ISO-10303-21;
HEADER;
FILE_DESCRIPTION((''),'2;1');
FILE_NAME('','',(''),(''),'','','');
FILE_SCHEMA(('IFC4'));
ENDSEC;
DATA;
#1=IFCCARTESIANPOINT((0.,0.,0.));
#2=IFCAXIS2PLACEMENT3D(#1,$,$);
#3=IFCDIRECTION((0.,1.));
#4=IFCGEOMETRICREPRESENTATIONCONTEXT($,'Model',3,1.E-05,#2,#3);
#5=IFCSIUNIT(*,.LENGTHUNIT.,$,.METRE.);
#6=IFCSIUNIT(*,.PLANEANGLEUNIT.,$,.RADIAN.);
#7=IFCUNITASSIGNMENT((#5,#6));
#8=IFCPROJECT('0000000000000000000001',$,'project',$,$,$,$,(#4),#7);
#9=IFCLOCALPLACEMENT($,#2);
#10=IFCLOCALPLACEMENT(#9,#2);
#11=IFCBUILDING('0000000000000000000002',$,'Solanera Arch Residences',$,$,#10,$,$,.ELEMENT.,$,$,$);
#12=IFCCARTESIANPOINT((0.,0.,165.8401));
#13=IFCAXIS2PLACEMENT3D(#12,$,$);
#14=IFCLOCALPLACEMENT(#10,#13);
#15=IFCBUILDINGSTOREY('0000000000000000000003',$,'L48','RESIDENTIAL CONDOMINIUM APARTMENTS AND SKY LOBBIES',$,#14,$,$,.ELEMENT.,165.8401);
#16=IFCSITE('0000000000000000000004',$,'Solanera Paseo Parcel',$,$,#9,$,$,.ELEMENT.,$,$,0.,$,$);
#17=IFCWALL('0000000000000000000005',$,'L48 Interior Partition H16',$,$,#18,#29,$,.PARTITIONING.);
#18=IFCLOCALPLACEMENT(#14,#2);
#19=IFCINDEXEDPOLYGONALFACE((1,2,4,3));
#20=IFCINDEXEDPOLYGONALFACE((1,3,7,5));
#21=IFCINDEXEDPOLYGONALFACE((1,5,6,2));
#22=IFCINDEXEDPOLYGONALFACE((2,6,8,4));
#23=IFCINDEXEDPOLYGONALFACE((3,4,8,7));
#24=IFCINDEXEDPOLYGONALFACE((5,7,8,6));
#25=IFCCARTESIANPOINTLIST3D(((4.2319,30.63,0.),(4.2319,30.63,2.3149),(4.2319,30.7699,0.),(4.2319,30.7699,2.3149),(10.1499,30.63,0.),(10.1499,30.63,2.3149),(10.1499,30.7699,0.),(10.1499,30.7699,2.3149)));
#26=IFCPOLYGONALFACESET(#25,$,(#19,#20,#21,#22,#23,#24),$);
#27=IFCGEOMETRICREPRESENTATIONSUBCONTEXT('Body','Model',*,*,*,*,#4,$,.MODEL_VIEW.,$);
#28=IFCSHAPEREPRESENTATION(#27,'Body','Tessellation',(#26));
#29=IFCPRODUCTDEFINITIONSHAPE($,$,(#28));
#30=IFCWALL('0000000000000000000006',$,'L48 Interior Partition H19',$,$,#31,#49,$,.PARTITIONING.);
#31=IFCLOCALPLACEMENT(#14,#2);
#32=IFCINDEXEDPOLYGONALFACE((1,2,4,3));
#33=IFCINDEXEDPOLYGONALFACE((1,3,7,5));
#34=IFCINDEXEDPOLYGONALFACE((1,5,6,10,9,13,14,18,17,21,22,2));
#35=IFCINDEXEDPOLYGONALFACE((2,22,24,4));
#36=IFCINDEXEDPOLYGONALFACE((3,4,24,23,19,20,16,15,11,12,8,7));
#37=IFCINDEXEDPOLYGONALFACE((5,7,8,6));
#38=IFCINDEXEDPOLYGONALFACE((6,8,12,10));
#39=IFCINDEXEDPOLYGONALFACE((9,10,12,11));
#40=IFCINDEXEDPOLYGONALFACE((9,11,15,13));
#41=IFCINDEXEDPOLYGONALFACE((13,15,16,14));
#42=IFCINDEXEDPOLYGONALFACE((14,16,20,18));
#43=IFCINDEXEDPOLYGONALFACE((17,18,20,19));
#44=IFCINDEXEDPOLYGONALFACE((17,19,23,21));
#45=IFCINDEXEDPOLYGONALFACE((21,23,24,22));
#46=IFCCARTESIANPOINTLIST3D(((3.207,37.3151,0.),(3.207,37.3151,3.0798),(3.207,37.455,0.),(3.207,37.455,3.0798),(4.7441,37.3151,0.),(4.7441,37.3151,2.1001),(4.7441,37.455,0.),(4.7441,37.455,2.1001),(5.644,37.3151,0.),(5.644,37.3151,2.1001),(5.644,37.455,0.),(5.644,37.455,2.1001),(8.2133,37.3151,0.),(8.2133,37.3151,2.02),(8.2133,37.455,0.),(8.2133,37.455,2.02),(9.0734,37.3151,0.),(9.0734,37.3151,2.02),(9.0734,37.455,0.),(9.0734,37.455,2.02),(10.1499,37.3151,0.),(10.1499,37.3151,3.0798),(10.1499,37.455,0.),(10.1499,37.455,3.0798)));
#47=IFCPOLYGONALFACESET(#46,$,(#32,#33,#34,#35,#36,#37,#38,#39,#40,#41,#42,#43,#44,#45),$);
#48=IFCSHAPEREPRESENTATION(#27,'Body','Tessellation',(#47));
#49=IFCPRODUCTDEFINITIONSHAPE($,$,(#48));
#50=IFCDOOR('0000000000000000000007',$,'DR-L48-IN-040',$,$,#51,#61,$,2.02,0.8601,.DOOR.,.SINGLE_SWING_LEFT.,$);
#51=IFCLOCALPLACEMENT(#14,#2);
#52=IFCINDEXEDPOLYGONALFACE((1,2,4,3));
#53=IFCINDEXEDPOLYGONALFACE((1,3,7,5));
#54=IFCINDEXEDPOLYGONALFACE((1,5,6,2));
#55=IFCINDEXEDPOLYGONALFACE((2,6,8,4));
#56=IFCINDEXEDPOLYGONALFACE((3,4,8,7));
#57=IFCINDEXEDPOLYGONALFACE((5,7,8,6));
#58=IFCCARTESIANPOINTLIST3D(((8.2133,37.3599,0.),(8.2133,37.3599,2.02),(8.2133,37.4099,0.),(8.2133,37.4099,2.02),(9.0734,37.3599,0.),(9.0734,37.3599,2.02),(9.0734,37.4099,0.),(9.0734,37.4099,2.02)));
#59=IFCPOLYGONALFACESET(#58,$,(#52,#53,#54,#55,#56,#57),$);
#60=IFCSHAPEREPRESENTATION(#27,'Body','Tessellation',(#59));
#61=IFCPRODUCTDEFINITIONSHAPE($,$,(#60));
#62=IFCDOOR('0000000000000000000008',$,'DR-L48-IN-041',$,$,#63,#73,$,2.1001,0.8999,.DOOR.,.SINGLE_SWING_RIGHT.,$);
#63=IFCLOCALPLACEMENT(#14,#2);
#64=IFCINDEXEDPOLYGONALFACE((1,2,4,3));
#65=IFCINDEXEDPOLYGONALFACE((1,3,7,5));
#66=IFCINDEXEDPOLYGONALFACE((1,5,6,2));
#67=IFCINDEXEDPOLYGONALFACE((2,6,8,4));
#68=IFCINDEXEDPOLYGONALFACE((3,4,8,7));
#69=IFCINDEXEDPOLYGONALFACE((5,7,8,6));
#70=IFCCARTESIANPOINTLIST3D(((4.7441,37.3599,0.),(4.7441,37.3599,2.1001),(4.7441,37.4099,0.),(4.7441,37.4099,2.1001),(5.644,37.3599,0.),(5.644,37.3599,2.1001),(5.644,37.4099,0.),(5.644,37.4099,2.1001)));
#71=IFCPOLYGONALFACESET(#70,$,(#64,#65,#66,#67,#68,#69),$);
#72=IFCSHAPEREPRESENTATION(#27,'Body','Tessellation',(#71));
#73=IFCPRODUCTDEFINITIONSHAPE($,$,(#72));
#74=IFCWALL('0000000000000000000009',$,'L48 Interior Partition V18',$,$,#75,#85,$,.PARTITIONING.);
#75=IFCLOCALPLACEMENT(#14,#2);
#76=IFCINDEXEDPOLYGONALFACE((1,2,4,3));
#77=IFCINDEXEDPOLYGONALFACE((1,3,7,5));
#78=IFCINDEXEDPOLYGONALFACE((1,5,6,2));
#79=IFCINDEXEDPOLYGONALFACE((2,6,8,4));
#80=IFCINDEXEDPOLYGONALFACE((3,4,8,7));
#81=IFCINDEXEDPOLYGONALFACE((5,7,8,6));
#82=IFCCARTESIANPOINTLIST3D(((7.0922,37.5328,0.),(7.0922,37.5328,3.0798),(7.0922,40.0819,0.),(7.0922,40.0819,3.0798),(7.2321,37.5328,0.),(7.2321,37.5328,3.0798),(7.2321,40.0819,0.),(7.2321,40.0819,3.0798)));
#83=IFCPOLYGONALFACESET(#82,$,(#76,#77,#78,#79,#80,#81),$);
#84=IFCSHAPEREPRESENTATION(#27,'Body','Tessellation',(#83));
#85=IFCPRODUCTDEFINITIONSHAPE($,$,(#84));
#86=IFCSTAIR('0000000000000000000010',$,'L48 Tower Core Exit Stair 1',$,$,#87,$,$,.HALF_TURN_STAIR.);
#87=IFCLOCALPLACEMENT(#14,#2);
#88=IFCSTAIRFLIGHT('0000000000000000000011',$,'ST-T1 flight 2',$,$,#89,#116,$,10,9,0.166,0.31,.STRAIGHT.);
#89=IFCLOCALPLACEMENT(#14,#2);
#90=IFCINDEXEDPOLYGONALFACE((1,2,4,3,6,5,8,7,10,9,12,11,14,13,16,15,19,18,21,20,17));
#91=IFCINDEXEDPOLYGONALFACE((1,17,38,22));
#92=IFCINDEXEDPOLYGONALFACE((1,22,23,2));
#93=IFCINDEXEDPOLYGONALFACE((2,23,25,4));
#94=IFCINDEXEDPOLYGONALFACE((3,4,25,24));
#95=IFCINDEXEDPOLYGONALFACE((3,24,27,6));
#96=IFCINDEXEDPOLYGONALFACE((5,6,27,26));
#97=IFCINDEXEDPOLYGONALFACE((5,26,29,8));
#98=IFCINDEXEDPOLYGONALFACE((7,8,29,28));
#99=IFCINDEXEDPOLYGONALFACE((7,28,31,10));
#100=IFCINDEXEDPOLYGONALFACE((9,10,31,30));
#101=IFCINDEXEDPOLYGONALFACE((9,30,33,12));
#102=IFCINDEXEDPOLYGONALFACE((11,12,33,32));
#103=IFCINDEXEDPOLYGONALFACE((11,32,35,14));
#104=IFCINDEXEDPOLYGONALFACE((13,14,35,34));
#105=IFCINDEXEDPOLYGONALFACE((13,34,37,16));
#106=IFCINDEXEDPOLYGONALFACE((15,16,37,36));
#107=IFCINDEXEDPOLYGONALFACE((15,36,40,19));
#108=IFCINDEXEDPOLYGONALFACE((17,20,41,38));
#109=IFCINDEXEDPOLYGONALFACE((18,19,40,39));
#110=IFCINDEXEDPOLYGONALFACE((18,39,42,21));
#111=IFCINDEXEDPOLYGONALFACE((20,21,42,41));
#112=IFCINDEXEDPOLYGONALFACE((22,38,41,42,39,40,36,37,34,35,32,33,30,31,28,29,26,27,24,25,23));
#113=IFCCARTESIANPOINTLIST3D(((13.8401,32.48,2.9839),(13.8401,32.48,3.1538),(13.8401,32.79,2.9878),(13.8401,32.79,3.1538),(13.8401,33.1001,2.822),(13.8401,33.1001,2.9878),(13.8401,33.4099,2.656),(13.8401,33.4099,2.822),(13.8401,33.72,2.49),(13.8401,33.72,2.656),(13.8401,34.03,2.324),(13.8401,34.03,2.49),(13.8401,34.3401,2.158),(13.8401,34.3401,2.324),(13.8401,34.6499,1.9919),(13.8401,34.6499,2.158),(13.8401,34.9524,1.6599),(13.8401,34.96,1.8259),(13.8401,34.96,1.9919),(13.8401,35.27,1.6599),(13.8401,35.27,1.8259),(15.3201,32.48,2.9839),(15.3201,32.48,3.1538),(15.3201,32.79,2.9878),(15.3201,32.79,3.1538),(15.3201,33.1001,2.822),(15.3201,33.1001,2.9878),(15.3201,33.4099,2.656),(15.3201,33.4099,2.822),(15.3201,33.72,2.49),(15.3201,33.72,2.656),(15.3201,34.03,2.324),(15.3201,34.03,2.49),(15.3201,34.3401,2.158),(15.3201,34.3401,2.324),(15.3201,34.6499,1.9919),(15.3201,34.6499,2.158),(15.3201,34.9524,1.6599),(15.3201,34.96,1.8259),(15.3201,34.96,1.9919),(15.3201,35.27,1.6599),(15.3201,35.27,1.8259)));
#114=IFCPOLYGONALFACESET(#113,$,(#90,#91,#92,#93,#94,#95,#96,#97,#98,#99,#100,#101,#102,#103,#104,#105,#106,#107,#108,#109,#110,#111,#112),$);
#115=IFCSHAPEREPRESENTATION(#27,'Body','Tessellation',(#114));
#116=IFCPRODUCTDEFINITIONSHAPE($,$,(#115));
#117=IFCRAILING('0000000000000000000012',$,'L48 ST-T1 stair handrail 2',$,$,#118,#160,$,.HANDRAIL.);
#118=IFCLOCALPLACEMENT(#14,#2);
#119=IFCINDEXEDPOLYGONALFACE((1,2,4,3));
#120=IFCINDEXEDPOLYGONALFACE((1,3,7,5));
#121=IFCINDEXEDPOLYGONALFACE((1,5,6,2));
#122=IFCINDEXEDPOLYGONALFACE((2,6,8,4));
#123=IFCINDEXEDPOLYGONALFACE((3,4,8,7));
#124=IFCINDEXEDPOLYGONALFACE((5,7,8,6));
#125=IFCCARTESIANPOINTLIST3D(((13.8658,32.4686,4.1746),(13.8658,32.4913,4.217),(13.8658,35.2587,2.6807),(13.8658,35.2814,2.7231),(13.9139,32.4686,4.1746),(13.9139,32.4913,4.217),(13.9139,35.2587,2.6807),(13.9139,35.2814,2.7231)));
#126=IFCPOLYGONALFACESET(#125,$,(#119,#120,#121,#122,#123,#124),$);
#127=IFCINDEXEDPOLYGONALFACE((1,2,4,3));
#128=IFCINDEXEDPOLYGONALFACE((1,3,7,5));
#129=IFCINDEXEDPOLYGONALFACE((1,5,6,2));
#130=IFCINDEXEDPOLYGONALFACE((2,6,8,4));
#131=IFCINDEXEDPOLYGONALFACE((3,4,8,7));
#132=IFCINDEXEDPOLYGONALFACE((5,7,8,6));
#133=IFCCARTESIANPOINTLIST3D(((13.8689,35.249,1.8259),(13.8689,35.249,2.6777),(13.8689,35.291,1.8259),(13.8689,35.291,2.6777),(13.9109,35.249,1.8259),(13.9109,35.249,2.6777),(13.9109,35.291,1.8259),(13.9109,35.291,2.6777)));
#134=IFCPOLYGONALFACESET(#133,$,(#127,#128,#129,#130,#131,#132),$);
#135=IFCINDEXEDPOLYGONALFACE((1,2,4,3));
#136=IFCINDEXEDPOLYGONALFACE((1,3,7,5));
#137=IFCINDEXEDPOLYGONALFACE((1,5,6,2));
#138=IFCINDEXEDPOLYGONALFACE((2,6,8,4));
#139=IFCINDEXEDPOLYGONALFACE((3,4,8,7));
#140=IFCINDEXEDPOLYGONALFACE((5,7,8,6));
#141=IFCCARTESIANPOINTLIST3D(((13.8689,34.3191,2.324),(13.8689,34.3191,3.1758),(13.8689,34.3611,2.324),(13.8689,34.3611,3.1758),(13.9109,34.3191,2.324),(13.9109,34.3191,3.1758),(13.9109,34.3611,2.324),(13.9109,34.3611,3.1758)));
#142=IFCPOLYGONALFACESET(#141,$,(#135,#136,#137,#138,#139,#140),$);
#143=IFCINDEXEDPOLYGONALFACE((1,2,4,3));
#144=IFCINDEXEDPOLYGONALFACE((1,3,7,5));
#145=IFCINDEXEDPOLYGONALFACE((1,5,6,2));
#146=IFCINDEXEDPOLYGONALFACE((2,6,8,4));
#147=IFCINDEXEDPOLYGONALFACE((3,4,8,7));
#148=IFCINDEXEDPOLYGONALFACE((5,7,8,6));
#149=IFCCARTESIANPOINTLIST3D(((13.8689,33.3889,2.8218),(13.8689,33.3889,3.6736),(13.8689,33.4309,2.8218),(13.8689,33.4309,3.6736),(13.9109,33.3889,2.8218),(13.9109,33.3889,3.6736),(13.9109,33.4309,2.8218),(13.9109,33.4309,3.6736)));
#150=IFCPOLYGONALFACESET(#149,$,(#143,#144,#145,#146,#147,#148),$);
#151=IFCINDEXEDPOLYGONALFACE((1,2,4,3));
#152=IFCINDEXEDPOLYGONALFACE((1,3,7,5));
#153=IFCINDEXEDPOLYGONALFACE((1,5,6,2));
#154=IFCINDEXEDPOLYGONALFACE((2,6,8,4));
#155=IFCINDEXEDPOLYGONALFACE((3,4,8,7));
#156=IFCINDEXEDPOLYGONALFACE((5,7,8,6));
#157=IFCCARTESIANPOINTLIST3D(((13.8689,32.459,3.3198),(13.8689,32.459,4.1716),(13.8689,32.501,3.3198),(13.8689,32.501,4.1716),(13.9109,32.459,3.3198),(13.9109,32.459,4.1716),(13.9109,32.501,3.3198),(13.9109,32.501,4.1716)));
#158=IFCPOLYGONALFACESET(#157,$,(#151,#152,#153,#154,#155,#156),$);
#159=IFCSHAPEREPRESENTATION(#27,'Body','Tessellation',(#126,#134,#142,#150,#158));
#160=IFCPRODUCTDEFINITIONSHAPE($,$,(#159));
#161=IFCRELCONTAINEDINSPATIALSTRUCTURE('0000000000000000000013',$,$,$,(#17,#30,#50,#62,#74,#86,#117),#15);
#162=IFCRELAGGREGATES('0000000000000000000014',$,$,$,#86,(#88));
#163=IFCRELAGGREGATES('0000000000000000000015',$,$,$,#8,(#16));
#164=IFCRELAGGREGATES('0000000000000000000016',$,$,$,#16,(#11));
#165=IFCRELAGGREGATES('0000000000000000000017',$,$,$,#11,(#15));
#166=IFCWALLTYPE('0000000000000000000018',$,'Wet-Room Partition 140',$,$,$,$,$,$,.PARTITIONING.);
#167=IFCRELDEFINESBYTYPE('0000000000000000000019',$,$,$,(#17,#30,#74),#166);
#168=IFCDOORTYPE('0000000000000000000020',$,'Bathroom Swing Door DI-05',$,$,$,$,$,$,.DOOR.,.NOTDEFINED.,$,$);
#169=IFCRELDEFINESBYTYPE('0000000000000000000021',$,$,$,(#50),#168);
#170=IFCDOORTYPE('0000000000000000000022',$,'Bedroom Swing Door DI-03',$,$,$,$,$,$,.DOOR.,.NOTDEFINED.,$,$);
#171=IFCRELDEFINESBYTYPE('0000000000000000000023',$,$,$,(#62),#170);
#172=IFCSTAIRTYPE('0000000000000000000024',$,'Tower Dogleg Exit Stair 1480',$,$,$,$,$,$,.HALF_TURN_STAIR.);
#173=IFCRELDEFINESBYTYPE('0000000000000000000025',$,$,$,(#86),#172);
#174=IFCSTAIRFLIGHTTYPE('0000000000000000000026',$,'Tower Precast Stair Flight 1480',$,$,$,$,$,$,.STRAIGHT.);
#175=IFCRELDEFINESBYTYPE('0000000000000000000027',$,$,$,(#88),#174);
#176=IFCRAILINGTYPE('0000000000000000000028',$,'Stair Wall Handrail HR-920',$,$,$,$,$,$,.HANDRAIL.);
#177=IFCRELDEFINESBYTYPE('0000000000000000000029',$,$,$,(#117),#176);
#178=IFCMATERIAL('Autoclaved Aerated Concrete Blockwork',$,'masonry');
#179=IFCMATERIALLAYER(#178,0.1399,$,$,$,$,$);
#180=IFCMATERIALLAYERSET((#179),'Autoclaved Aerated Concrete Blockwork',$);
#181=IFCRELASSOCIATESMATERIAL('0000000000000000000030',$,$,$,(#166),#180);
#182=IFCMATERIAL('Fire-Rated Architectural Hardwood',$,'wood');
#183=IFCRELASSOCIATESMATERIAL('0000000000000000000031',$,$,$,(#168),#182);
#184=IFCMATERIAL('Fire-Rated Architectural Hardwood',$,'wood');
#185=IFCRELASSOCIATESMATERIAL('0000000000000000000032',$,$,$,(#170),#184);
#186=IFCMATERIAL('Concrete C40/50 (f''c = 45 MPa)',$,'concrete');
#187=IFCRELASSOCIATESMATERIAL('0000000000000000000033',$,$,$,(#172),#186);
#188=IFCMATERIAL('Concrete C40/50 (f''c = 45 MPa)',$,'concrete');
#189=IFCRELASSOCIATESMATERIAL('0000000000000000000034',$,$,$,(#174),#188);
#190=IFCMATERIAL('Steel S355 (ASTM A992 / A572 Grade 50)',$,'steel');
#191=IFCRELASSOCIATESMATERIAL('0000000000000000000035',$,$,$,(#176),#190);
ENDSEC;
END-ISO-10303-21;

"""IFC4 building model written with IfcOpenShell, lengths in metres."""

from ifc_helpers import new_model, si_unit, direction, frame, frame_2d, origin, origin_2d, place, context, subcontext, project, spatial, polyline, rectangle, outline, extrude, material, layer, layer_set, type_object, element, fill, aggregate, save


model = new_model("IFC4")

# Units and contexts
model_context = context("Model", 3, precision=1e-05, world=origin(), true_north=direction((0.0, 1.0)))
body_context = subcontext(model_context, "Body", "Model", "MODEL_VIEW")
ifc_project = project(units=[si_unit("LENGTHUNIT", "METRE"), si_unit("PLANEANGLEUNIT", "RADIAN")], contexts=[model_context])

# Site, building, storey
site_placement = place(None, origin())
site = spatial("IfcSite", under=ifc_project, at=site_placement, Name="Solanera Paseo Parcel", CompositionType="ELEMENT", RefElevation=0.0)
building_placement = place(site_placement, origin())
building = spatial("IfcBuilding", under=site, at=building_placement, Name="Solanera Arch Residences", CompositionType="ELEMENT")
storey_placement = place(building_placement, frame((0.0, 0.0, 165.8401)))
storey = spatial("IfcBuildingStorey", under=building, at=storey_placement, Name="L48", Description="RESIDENTIAL CONDOMINIUM APARTMENTS AND SKY LOBBIES", CompositionType="ELEMENT", Elevation=165.8401)

# Wall
ifc_material_1 = material(Name="Autoclaved Aerated Concrete Blockwork", Category="masonry")
ifc_layer_1 = layer(ifc_material_1, 0.1399)
ifc_layer_set_1 = layer_set([ifc_layer_1], Name="Autoclaved Aerated Concrete Blockwork")
wall_type_1 = type_object("IfcWallType", Name="Wet-Room Partition 140", PredefinedType="PARTITIONING", material=ifc_layer_set_1)
wall_1_placement = place(storey_placement, frame((4.2319, 30.7, 0.0), z_axis=(0.0, 0.0, 1.0), x_axis=(1.0, 0.0, 0.0)))
element("IfcWall", 1, at=wall_1_placement, inside=storey, type_object=wall_type_1, Name="L48 Interior Partition H16", PredefinedType="PARTITIONING", context=body_context, shape_type="SweptSolid", body=[
    extrude(rectangle(XDim=5.918, YDim=0.1399, at=frame_2d((2.959, 0.0))), origin(), (0.0, 0.0, 1.0), 2.3149),
])

# Wall, openings, doors
wall_2_placement = place(storey_placement, frame((3.207, 37.385, 0.0), z_axis=(0.0, 0.0, 1.0), x_axis=(1.0, 0.0, 0.0)))
wall_2 = element("IfcWall", 2, at=wall_2_placement, inside=storey, type_object=wall_type_1, Name="L48 Interior Partition H19", PredefinedType="PARTITIONING", context=body_context, shape_type="SweptSolid", body=[
    extrude(rectangle(XDim=6.9429, YDim=0.1399, at=frame_2d((3.4714, 0.0))), origin(), (0.0, 0.0, 1.0), 3.0798),
])
opening_1_placement = place(wall_2_placement, frame((5.0061, 0.0, 0.0)))
opening_1 = element("IfcOpeningElement", 3, at=opening_1_placement, cuts=wall_2, PredefinedType="OPENING", context=body_context, shape_type="SweptSolid", body=[
    extrude(rectangle(XDim=0.8601, YDim=2.02, at=frame_2d((0.4302, 1.01))), frame((0.0, 0.0798, 0.0), z_axis=(0.0, -1.0, 0.0), x_axis=(1.0, 0.0, 0.0)), (0.0, 0.0, 1.0), 0.1599),
])
opening_2_placement = place(wall_2_placement, frame((1.5371, 0.0, 0.0)))
opening_2 = element("IfcOpeningElement", 4, at=opening_2_placement, cuts=wall_2, PredefinedType="OPENING", context=body_context, shape_type="SweptSolid", body=[
    extrude(rectangle(XDim=0.8999, YDim=2.1001, at=frame_2d((0.45, 1.05))), frame((0.0, 0.0798, 0.0), z_axis=(0.0, -1.0, 0.0), x_axis=(1.0, 0.0, 0.0)), (0.0, 0.0, 1.0), 0.1599),
])
ifc_material_2 = material(Name="Fire-Rated Architectural Hardwood", Category="wood")
door_type_1 = type_object("IfcDoorType", Name="Bathroom Swing Door DI-05", OperationType="NOTDEFINED", PredefinedType="DOOR", material=ifc_material_2)
door_1_placement = place(opening_1_placement, origin())
door_1 = element("IfcDoor", 5, at=door_1_placement, inside=storey, type_object=door_type_1, Name="DR-L48-IN-040", OperationType="SINGLE_SWING_LEFT", OverallHeight=2.02, OverallWidth=0.8601, PredefinedType="DOOR", context=body_context, shape_type="SweptSolid", body=[
    extrude(rectangle(XDim=0.8601, YDim=2.02, at=frame_2d((0.4302, 1.01))), frame((0.0, 0.0249, 0.0), z_axis=(0.0, -1.0, 0.0), x_axis=(1.0, 0.0, 0.0)), (0.0, 0.0, 1.0), 0.05),
])
fill(opening_1, door_1)
ifc_material_3 = material(Name="Fire-Rated Architectural Hardwood", Category="wood")
door_type_2 = type_object("IfcDoorType", Name="Bedroom Swing Door DI-03", OperationType="NOTDEFINED", PredefinedType="DOOR", material=ifc_material_3)
door_2_placement = place(opening_2_placement, origin())
door_2 = element("IfcDoor", 6, at=door_2_placement, inside=storey, type_object=door_type_2, Name="DR-L48-IN-041", OperationType="SINGLE_SWING_RIGHT", OverallHeight=2.1001, OverallWidth=0.8999, PredefinedType="DOOR", context=body_context, shape_type="SweptSolid", body=[
    extrude(rectangle(XDim=0.8999, YDim=2.1001, at=frame_2d((0.45, 1.05))), frame((0.0, 0.0249, 0.0), z_axis=(0.0, -1.0, 0.0), x_axis=(1.0, 0.0, 0.0)), (0.0, 0.0, 1.0), 0.05),
])
fill(opening_2, door_2)

# Wall
wall_3_placement = place(storey_placement, frame((7.1621, 37.533, 0.0), z_axis=(0.0, 0.0, 1.0), x_axis=(0.0, 1.0, 0.0)))
element("IfcWall", 7, at=wall_3_placement, inside=storey, type_object=wall_type_1, Name="L48 Interior Partition V18", PredefinedType="PARTITIONING", context=body_context, shape_type="SweptSolid", body=[
    extrude(rectangle(XDim=2.5491, YDim=0.1399, at=frame_2d((1.2744, 0.0))), origin(), (0.0, 0.0, 1.0), 3.0798),
])

# Stair, stair flight
ifc_material_4 = material(Name="Concrete C40/50 (f'c = 45 MPa)", Category="concrete")
stair_type = type_object("IfcStairType", Name="Tower Dogleg Exit Stair 1480", PredefinedType="HALF_TURN_STAIR", material=ifc_material_4)
stair_placement = place(storey_placement, origin())
stair = element("IfcStair", 8, at=stair_placement, inside=storey, type_object=stair_type, Name="L48 Tower Core Exit Stair 1", PredefinedType="HALF_TURN_STAIR")
ifc_material_5 = material(Name="Concrete C40/50 (f'c = 45 MPa)", Category="concrete")
stair_flight_type = type_object("IfcStairFlightType", Name="Tower Precast Stair Flight 1480", PredefinedType="STRAIGHT", material=ifc_material_5)
stair_flight_placement = place(storey_placement, frame((14.5801, 35.27, 1.6599), z_axis=(0.0, 0.0, 1.0), x_axis=(0.0, -1.0, 0.0)))
stair_flight = element("IfcStairFlight", 9, at=stair_flight_placement, type_object=stair_flight_type, Name="ST-T1 flight 2", NumberOfRisers=10, NumberOfTreads=9, PredefinedType="STRAIGHT", RiserHeight=0.166, TreadLength=0.31, context=body_context, shape_type="SweptSolid", body=[
    extrude(outline(polyline([(0.0, 0.0), (0.0, 0.166), (0.3101, 0.166), (0.3101, 0.332), (0.6201, 0.332), (0.6201, 0.498), (0.9299, 0.498), (0.9299, 0.6641), (1.24, 0.6641), (1.24, 0.8301), (1.55, 0.8301), (1.55, 0.9961), (1.8601, 0.9961), (1.8601, 1.1621), (2.1699, 1.1621), (2.1699, 1.3279), (2.48, 1.3279), (2.48, 1.4939), (2.79, 1.4939), (2.79, 1.6599), (2.79, 1.324), (0.3176, 0.0), (0.0, 0.0)])), frame((0.0, 0.74, 0.0), z_axis=(0.0, -1.0, 0.0), x_axis=(1.0, 0.0, 0.0)), (0.0, 0.0, 1.0), 1.48),
])
aggregate(stair, [stair_flight])

# Railing
ifc_material_6 = material(Name="Steel S355 (ASTM A992 / A572 Grade 50)", Category="steel")
railing_type = type_object("IfcRailingType", Name="Stair Wall Handrail HR-920", PredefinedType="HANDRAIL", material=ifc_material_6)
railing_placement = place(storey_placement, frame((13.8899, 35.27, 1.8259)))
element("IfcRailing", 10, at=railing_placement, inside=storey, type_object=railing_type, Name="L48 ST-T1 stair handrail 2", PredefinedType="HANDRAIL", context=body_context, shape_type="SweptSolid", body=[
    extrude(rectangle(XDim=0.0481, YDim=0.0481, at=origin_2d()), frame((0.0, 0.0, 0.876), z_axis=(0.0, -0.881581, 0.472033), x_axis=(1.0, 0.0, 0.0)), (0.0, 0.0, 1.0), 3.1648),
    extrude(rectangle(XDim=0.042, YDim=0.042, at=origin_2d()), origin(), (0.0, 0.0, 1.0), 0.8518),
    extrude(rectangle(XDim=0.042, YDim=0.042, at=origin_2d()), frame((0.0, -0.9299, 0.498)), (0.0, 0.0, 1.0), 0.8518),
    extrude(rectangle(XDim=0.042, YDim=0.042, at=origin_2d()), frame((0.0, -1.8601, 0.9958)), (0.0, 0.0, 1.0), 0.8518),
    extrude(rectangle(XDim=0.042, YDim=0.042, at=origin_2d()), frame((0.0, -2.79, 1.4939)), (0.0, 0.0, 1.0), 0.8518),
])

save(model, "model.ifc")
